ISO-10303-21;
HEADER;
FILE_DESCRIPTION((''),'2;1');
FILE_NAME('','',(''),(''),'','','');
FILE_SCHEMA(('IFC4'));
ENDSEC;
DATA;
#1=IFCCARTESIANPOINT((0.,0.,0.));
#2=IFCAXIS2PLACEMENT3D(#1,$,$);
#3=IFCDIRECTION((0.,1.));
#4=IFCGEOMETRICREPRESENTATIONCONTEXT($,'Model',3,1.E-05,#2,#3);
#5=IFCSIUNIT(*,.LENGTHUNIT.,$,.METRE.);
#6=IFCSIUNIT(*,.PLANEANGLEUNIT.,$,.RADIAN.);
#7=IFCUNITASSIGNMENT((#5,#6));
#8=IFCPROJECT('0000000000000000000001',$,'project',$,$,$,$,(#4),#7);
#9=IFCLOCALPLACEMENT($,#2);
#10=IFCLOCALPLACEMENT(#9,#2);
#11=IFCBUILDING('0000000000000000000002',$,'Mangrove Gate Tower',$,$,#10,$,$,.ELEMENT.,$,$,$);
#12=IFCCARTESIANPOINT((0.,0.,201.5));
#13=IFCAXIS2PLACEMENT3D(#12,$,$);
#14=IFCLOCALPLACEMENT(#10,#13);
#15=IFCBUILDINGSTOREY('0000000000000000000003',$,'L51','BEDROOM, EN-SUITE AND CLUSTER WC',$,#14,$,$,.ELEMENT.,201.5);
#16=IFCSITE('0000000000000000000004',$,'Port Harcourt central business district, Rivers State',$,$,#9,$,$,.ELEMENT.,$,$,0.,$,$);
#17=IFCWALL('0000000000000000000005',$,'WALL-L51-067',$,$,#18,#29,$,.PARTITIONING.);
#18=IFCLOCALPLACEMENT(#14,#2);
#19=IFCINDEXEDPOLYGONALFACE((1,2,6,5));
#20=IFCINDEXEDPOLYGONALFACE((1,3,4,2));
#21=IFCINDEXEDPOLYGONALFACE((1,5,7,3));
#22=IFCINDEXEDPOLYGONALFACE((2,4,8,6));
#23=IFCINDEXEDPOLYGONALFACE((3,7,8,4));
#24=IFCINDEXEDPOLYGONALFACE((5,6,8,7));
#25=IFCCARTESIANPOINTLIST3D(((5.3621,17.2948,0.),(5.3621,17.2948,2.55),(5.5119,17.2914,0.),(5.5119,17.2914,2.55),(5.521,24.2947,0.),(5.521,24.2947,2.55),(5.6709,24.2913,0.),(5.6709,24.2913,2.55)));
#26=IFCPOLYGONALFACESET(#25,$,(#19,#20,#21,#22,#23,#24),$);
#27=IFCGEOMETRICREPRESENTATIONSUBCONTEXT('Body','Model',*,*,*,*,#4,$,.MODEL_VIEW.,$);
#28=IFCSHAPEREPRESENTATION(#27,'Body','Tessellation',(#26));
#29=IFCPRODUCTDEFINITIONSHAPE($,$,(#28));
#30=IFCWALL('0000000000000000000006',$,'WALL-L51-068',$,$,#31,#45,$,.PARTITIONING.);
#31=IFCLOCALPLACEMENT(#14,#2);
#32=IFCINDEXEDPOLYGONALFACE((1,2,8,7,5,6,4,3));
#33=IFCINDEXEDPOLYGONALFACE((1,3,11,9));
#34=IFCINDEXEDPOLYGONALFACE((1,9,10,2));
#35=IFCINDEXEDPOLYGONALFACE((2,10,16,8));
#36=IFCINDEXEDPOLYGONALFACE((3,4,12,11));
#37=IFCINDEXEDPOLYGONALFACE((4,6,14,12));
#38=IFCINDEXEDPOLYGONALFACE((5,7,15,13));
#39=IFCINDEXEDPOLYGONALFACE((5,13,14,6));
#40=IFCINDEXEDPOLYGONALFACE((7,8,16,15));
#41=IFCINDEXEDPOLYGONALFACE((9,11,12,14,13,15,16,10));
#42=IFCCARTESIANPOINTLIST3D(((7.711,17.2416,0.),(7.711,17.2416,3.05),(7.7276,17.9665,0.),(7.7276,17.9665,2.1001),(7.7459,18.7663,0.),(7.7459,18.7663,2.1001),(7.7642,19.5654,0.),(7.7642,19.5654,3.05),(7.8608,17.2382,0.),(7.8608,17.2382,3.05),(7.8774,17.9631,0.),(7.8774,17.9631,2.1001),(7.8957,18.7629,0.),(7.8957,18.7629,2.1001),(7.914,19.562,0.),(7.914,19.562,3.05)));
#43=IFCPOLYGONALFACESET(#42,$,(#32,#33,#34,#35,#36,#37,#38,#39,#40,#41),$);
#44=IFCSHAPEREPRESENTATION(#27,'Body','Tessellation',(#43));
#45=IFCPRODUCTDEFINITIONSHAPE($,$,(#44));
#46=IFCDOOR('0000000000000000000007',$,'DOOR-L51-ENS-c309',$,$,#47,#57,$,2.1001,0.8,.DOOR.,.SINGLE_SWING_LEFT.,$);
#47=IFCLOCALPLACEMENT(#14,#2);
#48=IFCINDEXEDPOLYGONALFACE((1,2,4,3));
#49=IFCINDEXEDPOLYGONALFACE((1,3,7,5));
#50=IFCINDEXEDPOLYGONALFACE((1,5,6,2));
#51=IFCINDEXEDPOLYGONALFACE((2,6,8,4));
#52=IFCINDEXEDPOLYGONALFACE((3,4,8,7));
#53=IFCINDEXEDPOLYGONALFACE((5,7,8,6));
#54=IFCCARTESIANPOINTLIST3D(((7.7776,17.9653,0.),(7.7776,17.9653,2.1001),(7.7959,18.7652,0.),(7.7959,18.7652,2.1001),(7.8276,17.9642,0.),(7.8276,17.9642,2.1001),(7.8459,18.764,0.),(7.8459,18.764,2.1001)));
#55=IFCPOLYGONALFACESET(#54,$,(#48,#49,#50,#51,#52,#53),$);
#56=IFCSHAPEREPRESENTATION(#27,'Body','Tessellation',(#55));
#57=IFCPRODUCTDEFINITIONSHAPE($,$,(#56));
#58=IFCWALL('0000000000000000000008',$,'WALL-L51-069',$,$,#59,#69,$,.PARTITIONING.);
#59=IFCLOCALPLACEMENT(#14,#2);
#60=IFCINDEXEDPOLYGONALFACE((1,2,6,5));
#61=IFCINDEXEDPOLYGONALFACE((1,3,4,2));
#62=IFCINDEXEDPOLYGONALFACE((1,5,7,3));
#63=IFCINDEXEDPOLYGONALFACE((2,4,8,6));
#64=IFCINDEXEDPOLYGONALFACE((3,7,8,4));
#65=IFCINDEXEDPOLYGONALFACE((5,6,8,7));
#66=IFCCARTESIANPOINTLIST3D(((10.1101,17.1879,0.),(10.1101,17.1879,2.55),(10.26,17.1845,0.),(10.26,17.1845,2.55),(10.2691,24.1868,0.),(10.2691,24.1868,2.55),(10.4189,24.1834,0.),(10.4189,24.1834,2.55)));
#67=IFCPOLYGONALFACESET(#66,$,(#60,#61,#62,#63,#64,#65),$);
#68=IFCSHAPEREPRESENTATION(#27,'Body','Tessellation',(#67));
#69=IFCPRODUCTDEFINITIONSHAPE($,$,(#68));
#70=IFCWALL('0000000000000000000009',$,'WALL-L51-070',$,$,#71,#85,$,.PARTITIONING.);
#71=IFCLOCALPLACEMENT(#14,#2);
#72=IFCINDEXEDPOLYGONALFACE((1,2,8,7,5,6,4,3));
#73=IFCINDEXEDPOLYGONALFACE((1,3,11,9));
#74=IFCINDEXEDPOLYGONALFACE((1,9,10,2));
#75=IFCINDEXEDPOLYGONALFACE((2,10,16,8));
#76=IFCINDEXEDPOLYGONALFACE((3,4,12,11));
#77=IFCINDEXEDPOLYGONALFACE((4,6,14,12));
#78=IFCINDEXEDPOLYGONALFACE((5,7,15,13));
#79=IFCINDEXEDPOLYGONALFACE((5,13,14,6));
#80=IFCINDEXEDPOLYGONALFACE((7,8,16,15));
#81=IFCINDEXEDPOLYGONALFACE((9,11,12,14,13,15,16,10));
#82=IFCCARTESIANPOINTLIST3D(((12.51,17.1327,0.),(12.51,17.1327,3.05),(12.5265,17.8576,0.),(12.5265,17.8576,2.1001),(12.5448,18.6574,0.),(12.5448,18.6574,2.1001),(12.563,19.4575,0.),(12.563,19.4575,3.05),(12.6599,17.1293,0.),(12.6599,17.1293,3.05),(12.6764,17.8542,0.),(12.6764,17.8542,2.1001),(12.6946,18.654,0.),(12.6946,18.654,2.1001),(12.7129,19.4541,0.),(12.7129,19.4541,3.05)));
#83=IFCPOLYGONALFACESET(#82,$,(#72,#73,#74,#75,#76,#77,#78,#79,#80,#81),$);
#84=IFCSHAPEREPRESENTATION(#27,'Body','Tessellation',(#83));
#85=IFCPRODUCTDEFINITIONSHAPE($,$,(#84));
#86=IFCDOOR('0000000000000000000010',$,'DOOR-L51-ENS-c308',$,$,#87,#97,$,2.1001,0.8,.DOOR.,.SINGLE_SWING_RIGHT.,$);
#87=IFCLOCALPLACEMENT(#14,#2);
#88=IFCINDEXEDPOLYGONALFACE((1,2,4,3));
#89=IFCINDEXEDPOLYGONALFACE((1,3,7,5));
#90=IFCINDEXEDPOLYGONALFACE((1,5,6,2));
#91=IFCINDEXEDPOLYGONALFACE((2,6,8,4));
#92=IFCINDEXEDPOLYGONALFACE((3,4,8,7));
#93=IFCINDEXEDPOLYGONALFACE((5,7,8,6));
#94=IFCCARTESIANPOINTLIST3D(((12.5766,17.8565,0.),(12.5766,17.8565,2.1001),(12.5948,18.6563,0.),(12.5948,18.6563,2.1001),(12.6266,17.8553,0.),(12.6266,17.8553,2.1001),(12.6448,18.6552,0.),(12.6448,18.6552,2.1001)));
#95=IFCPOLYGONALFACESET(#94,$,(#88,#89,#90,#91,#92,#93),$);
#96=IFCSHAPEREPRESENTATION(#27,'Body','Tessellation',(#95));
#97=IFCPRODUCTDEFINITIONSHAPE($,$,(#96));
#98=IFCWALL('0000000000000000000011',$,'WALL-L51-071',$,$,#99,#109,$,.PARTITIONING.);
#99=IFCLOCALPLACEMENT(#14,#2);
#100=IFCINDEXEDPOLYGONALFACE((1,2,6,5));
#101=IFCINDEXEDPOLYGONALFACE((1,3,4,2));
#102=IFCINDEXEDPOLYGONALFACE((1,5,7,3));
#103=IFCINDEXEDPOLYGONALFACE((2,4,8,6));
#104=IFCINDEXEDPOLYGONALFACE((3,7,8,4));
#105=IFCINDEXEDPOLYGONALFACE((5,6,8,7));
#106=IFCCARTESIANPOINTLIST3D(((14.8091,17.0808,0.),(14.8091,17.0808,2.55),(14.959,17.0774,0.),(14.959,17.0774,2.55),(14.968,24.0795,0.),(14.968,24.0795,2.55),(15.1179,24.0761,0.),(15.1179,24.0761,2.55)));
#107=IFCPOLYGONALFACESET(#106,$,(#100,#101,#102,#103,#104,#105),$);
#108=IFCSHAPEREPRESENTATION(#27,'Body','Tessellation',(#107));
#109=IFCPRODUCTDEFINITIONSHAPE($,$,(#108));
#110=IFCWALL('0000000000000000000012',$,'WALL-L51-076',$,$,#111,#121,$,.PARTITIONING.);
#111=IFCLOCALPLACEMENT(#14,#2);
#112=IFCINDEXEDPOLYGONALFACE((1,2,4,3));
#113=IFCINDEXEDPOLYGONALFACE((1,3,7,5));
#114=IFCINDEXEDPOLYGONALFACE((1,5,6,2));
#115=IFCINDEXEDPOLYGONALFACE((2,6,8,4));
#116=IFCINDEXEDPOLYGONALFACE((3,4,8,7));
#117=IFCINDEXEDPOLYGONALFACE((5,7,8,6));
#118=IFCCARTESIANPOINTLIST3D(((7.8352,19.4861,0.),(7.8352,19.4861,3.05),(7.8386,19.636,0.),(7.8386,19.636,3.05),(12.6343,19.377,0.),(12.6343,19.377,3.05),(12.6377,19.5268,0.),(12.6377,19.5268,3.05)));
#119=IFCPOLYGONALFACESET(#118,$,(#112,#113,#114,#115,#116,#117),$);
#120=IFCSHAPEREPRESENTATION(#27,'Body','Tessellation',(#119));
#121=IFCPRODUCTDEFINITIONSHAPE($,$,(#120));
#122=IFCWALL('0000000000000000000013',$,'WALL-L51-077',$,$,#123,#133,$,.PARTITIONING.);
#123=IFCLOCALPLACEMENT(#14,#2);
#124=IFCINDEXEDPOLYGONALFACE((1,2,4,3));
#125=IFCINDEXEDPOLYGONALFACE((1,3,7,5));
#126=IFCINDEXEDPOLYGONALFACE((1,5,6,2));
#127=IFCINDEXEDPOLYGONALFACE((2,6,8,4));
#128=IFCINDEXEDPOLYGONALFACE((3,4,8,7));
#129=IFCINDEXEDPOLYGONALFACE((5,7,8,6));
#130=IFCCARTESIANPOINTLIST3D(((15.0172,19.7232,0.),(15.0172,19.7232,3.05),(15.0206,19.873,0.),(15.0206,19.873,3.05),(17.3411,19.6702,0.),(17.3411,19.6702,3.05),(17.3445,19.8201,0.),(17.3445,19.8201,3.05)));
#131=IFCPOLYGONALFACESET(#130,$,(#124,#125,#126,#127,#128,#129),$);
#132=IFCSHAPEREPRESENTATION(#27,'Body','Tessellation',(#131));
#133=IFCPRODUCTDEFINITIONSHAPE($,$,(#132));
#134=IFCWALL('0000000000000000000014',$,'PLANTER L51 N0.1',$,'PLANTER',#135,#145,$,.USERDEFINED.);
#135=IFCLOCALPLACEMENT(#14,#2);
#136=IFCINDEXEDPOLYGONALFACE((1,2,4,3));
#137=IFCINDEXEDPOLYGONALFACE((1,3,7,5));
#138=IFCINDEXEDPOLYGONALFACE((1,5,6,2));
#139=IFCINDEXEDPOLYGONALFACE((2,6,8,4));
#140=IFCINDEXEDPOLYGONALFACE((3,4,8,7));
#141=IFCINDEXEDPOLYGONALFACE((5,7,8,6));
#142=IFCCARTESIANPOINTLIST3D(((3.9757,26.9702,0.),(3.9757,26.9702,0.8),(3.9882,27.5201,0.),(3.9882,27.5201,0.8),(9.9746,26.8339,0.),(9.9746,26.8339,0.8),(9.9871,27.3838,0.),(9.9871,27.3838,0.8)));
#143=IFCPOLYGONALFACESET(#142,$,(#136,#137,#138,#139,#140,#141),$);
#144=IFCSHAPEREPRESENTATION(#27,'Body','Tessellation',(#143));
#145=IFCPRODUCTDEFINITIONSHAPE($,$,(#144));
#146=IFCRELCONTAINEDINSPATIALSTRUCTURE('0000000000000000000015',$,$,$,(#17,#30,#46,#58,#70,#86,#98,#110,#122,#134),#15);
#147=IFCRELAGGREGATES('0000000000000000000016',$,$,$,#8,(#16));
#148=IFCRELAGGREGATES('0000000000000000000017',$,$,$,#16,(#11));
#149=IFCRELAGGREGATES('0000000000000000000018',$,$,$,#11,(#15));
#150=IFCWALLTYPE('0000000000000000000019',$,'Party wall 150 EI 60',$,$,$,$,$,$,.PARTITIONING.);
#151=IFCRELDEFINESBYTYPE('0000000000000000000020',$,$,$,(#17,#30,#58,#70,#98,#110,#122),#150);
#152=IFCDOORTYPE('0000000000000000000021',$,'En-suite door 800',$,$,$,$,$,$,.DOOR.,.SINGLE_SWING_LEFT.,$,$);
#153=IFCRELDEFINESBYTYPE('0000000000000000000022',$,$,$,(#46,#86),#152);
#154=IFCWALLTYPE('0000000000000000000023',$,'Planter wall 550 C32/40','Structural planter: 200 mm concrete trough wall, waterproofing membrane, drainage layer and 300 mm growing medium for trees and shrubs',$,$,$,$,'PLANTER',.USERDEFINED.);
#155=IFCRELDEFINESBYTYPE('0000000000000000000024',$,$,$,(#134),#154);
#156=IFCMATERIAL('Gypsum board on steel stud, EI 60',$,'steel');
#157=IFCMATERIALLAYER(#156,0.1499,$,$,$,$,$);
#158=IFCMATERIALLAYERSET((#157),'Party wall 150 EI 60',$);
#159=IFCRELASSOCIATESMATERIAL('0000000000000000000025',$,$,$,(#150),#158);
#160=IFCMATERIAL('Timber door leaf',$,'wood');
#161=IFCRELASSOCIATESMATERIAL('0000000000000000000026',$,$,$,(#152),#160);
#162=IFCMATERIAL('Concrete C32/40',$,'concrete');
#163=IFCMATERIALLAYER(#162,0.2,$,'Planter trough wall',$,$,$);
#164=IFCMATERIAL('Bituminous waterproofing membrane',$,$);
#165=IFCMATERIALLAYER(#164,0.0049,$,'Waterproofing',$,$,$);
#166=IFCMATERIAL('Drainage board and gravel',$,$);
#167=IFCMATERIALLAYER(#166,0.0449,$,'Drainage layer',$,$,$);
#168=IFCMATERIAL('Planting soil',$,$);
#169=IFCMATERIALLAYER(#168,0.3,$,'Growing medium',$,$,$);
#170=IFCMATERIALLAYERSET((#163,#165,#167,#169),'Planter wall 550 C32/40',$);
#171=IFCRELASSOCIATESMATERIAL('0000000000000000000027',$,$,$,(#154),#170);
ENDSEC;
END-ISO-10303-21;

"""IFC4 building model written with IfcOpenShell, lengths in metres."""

from ifc_helpers import new_model, si_unit, direction, frame, frame_2d, origin, place, context, subcontext, project, spatial, rectangle, extrude, material, layer, layer_set, type_object, element, fill, save


model = new_model("IFC4")

# Units and contexts
model_context = context("Model", 3, precision=1e-05, world=origin(), true_north=direction((0.0, 1.0)))
body_context = subcontext(model_context, "Body", "Model", "MODEL_VIEW")
ifc_project = project(units=[si_unit("LENGTHUNIT", "METRE"), si_unit("PLANEANGLEUNIT", "RADIAN")], contexts=[model_context])

# Site, building, storey
site_placement = place(None, origin())
site = spatial("IfcSite", under=ifc_project, at=site_placement, Name="Port Harcourt central business district, Rivers State", CompositionType="ELEMENT", RefElevation=0.0)
building_placement = place(site_placement, origin())
building = spatial("IfcBuilding", under=site, at=building_placement, Name="Mangrove Gate Tower", CompositionType="ELEMENT")
storey_placement = place(building_placement, frame((0.0, 0.0, 201.5)))
storey = spatial("IfcBuildingStorey", under=building, at=storey_placement, Name="L51", Description="BEDROOM, EN-SUITE AND CLUSTER WC", CompositionType="ELEMENT", Elevation=201.5)

# Shared definitions
ifc_material_1 = material(Name="Gypsum board on steel stud, EI 60", Category="steel")
ifc_layer_1 = layer(ifc_material_1, 0.1499)
ifc_layer_set_1 = layer_set([ifc_layer_1], Name="Party wall 150 EI 60")
wall_type_1 = type_object("IfcWallType", Name="Party wall 150 EI 60", PredefinedType="PARTITIONING", material=ifc_layer_set_1)

# Shared definitions
ifc_material_2 = material(Name="Timber door leaf", Category="wood")
door_type_1 = type_object("IfcDoorType", Name="En-suite door 800", OperationType="SINGLE_SWING_LEFT", PredefinedType="DOOR", material=ifc_material_2)

# Wall
wall_1_placement = place(storey_placement, frame((5.437, 17.293, 0.0), z_axis=(0.0, 0.0, 1.0), x_axis=(0.022699, 0.999742, 0.0)))
element("IfcWall", 1, at=wall_1_placement, inside=storey, type_object=wall_type_1, Name="WALL-L51-067", PredefinedType="PARTITIONING", context=body_context, shape_type="SweptSolid", body=[
    extrude(rectangle(XDim=7.0017, YDim=0.1499, at=frame_2d((3.501, 0.0))), origin(), (0.0, 0.0, 1.0), 2.55),
])

# Wall, opening, door
wall_2_placement = place(storey_placement, frame((7.7859, 17.24, 0.0), z_axis=(0.0, 0.0, 1.0), x_axis=(0.022896, 0.999738, 0.0)))
wall_2 = element("IfcWall", 2, at=wall_2_placement, inside=storey, type_object=wall_type_1, Name="WALL-L51-068", PredefinedType="PARTITIONING", context=body_context, shape_type="SweptSolid", body=[
    extrude(rectangle(XDim=2.3245, YDim=0.1499, at=frame_2d((1.1621, 0.0))), origin(), (0.0, 0.0, 1.0), 3.05),
])
opening_1_placement = place(wall_2_placement, frame((0.7251, 0.0, 0.0)))
opening_1 = element("IfcOpeningElement", 3, at=opening_1_placement, cuts=wall_2, PredefinedType="OPENING", context=body_context, shape_type="SweptSolid", body=[
    extrude(rectangle(XDim=0.8, YDim=2.1001, at=frame_2d((0.3999, 1.05))), frame((0.0, 0.085, 0.0), z_axis=(0.0, -1.0, 0.0), x_axis=(1.0, 0.0, 0.0)), (0.0, 0.0, 1.0), 0.1699),
])
door_1_placement = place(opening_1_placement, origin())
door_1 = element("IfcDoor", 4, at=door_1_placement, inside=storey, type_object=door_type_1, Name="DOOR-L51-ENS-c309", OperationType="SINGLE_SWING_LEFT", OverallHeight=2.1001, OverallWidth=0.8, PredefinedType="DOOR", context=body_context, shape_type="SweptSolid", body=[
    extrude(rectangle(XDim=0.8, YDim=2.1001, at=frame_2d((0.3999, 1.05))), frame((0.0, 0.0249, 0.0), z_axis=(0.0, -1.0, 0.0), x_axis=(1.0, 0.0, 0.0)), (0.0, 0.0, 1.0), 0.05),
])
fill(opening_1, door_1)

# Wall
wall_3_placement = place(storey_placement, frame((10.1851, 17.186, 0.0), z_axis=(0.0, 0.0, 1.0), x_axis=(0.022702, 0.999742, 0.0)))
element("IfcWall", 5, at=wall_3_placement, inside=storey, type_object=wall_type_1, Name="WALL-L51-069", PredefinedType="PARTITIONING", context=body_context, shape_type="SweptSolid", body=[
    extrude(rectangle(XDim=7.0007, YDim=0.1499, at=frame_2d((3.5005, 0.0))), origin(), (0.0, 0.0, 1.0), 2.55),
])

# Wall, opening, door
wall_4_placement = place(storey_placement, frame((12.585, 17.1311, 0.0), z_axis=(0.0, 0.0, 1.0), x_axis=(0.022781, 0.99974, 0.0)))
wall_4 = element("IfcWall", 6, at=wall_4_placement, inside=storey, type_object=wall_type_1, Name="WALL-L51-070", PredefinedType="PARTITIONING", context=body_context, shape_type="SweptSolid", body=[
    extrude(rectangle(XDim=2.3254, YDim=0.1499, at=frame_2d((1.1626, 0.0))), origin(), (0.0, 0.0, 1.0), 3.05),
])
opening_2_placement = place(wall_4_placement, frame((0.7251, 0.0, 0.0)))
opening_2 = element("IfcOpeningElement", 7, at=opening_2_placement, cuts=wall_4, PredefinedType="OPENING", context=body_context, shape_type="SweptSolid", body=[
    extrude(rectangle(XDim=0.8, YDim=2.1001, at=frame_2d((0.3999, 1.05))), frame((0.0, 0.085, 0.0), z_axis=(0.0, -1.0, 0.0), x_axis=(1.0, 0.0, 0.0)), (0.0, 0.0, 1.0), 0.1699),
])
door_2_placement = place(opening_2_placement, origin())
door_2 = element("IfcDoor", 8, at=door_2_placement, inside=storey, type_object=door_type_1, Name="DOOR-L51-ENS-c308", OperationType="SINGLE_SWING_RIGHT", OverallHeight=2.1001, OverallWidth=0.8, PredefinedType="DOOR", context=body_context, shape_type="SweptSolid", body=[
    extrude(rectangle(XDim=0.8, YDim=2.1001, at=frame_2d((0.3999, 1.05))), frame((0.0, 0.0249, 0.0), z_axis=(0.0, -1.0, 0.0), x_axis=(1.0, 0.0, 0.0)), (0.0, 0.0, 1.0), 0.05),
])
fill(opening_2, door_2)

# Walls
wall_5_placement = place(storey_placement, frame((14.884, 17.0791, 0.0), z_axis=(0.0, 0.0, 1.0), x_axis=(0.022703, 0.999742, 0.0)))
element("IfcWall", 9, at=wall_5_placement, inside=storey, type_object=wall_type_1, Name="WALL-L51-071", PredefinedType="PARTITIONING", context=body_context, shape_type="SweptSolid", body=[
    extrude(rectangle(XDim=7.0005, YDim=0.1499, at=frame_2d((3.5002, 0.0))), origin(), (0.0, 0.0, 1.0), 2.55),
])
wall_6_placement = place(storey_placement, frame((7.8369, 19.561, 0.0), z_axis=(0.0, 0.0, 1.0), x_axis=(0.999742, -0.022734, 0.0)))
element("IfcWall", 10, at=wall_6_placement, inside=storey, type_object=wall_type_1, Name="WALL-L51-076", PredefinedType="PARTITIONING", context=body_context, shape_type="SweptSolid", body=[
    extrude(rectangle(XDim=4.8003, YDim=0.1499, at=frame_2d((2.4001, 0.0))), origin(), (0.0, 0.0, 1.0), 3.05),
])
wall_7_placement = place(storey_placement, frame((15.019, 19.7981, 0.0), z_axis=(0.0, 0.0, 1.0), x_axis=(0.99974, -0.022791, 0.0)))
element("IfcWall", 11, at=wall_7_placement, inside=storey, type_object=wall_type_1, Name="WALL-L51-077", PredefinedType="PARTITIONING", context=body_context, shape_type="SweptSolid", body=[
    extrude(rectangle(XDim=2.3245, YDim=0.1499, at=frame_2d((1.1621, 0.0))), origin(), (0.0, 0.0, 1.0), 3.05),
])
ifc_material_3 = material(Name="Concrete C32/40", Category="concrete")
ifc_layer_2 = layer(ifc_material_3, 0.2, Name="Planter trough wall")
ifc_material_4 = material(Name="Bituminous waterproofing membrane")
ifc_layer_3 = layer(ifc_material_4, 0.0049, Name="Waterproofing")
ifc_material_5 = material(Name="Drainage board and gravel")
ifc_layer_4 = layer(ifc_material_5, 0.0449, Name="Drainage layer")
ifc_material_6 = material(Name="Planting soil")
ifc_layer_5 = layer(ifc_material_6, 0.3, Name="Growing medium")
ifc_layer_set_2 = layer_set([ifc_layer_2, ifc_layer_3, ifc_layer_4, ifc_layer_5], Name="Planter wall 550 C32/40")
wall_type_2 = type_object("IfcWallType", Name="Planter wall 550 C32/40", Description="Structural planter: 200 mm concrete trough wall, waterproofing membrane, drainage layer and 300 mm growing medium for trees and shrubs", ElementType="PLANTER", PredefinedType="USERDEFINED", material=ifc_layer_set_2)
wall_8_placement = place(storey_placement, frame((3.9819, 27.2451, 0.0), z_axis=(0.0, 0.0, 1.0), x_axis=(0.999742, -0.022703, 0.0)))
element("IfcWall", 12, at=wall_8_placement, inside=storey, type_object=wall_type_2, Name="PLANTER L51 N0.1", ObjectType="PLANTER", PredefinedType="USERDEFINED", context=body_context, shape_type="SweptSolid", body=[
    extrude(rectangle(XDim=6.0005, YDim=0.55, at=frame_2d((3.0002, 0.0))), origin(), (0.0, 0.0, 1.0), 0.8),
])

save(model, "model.ifc")
